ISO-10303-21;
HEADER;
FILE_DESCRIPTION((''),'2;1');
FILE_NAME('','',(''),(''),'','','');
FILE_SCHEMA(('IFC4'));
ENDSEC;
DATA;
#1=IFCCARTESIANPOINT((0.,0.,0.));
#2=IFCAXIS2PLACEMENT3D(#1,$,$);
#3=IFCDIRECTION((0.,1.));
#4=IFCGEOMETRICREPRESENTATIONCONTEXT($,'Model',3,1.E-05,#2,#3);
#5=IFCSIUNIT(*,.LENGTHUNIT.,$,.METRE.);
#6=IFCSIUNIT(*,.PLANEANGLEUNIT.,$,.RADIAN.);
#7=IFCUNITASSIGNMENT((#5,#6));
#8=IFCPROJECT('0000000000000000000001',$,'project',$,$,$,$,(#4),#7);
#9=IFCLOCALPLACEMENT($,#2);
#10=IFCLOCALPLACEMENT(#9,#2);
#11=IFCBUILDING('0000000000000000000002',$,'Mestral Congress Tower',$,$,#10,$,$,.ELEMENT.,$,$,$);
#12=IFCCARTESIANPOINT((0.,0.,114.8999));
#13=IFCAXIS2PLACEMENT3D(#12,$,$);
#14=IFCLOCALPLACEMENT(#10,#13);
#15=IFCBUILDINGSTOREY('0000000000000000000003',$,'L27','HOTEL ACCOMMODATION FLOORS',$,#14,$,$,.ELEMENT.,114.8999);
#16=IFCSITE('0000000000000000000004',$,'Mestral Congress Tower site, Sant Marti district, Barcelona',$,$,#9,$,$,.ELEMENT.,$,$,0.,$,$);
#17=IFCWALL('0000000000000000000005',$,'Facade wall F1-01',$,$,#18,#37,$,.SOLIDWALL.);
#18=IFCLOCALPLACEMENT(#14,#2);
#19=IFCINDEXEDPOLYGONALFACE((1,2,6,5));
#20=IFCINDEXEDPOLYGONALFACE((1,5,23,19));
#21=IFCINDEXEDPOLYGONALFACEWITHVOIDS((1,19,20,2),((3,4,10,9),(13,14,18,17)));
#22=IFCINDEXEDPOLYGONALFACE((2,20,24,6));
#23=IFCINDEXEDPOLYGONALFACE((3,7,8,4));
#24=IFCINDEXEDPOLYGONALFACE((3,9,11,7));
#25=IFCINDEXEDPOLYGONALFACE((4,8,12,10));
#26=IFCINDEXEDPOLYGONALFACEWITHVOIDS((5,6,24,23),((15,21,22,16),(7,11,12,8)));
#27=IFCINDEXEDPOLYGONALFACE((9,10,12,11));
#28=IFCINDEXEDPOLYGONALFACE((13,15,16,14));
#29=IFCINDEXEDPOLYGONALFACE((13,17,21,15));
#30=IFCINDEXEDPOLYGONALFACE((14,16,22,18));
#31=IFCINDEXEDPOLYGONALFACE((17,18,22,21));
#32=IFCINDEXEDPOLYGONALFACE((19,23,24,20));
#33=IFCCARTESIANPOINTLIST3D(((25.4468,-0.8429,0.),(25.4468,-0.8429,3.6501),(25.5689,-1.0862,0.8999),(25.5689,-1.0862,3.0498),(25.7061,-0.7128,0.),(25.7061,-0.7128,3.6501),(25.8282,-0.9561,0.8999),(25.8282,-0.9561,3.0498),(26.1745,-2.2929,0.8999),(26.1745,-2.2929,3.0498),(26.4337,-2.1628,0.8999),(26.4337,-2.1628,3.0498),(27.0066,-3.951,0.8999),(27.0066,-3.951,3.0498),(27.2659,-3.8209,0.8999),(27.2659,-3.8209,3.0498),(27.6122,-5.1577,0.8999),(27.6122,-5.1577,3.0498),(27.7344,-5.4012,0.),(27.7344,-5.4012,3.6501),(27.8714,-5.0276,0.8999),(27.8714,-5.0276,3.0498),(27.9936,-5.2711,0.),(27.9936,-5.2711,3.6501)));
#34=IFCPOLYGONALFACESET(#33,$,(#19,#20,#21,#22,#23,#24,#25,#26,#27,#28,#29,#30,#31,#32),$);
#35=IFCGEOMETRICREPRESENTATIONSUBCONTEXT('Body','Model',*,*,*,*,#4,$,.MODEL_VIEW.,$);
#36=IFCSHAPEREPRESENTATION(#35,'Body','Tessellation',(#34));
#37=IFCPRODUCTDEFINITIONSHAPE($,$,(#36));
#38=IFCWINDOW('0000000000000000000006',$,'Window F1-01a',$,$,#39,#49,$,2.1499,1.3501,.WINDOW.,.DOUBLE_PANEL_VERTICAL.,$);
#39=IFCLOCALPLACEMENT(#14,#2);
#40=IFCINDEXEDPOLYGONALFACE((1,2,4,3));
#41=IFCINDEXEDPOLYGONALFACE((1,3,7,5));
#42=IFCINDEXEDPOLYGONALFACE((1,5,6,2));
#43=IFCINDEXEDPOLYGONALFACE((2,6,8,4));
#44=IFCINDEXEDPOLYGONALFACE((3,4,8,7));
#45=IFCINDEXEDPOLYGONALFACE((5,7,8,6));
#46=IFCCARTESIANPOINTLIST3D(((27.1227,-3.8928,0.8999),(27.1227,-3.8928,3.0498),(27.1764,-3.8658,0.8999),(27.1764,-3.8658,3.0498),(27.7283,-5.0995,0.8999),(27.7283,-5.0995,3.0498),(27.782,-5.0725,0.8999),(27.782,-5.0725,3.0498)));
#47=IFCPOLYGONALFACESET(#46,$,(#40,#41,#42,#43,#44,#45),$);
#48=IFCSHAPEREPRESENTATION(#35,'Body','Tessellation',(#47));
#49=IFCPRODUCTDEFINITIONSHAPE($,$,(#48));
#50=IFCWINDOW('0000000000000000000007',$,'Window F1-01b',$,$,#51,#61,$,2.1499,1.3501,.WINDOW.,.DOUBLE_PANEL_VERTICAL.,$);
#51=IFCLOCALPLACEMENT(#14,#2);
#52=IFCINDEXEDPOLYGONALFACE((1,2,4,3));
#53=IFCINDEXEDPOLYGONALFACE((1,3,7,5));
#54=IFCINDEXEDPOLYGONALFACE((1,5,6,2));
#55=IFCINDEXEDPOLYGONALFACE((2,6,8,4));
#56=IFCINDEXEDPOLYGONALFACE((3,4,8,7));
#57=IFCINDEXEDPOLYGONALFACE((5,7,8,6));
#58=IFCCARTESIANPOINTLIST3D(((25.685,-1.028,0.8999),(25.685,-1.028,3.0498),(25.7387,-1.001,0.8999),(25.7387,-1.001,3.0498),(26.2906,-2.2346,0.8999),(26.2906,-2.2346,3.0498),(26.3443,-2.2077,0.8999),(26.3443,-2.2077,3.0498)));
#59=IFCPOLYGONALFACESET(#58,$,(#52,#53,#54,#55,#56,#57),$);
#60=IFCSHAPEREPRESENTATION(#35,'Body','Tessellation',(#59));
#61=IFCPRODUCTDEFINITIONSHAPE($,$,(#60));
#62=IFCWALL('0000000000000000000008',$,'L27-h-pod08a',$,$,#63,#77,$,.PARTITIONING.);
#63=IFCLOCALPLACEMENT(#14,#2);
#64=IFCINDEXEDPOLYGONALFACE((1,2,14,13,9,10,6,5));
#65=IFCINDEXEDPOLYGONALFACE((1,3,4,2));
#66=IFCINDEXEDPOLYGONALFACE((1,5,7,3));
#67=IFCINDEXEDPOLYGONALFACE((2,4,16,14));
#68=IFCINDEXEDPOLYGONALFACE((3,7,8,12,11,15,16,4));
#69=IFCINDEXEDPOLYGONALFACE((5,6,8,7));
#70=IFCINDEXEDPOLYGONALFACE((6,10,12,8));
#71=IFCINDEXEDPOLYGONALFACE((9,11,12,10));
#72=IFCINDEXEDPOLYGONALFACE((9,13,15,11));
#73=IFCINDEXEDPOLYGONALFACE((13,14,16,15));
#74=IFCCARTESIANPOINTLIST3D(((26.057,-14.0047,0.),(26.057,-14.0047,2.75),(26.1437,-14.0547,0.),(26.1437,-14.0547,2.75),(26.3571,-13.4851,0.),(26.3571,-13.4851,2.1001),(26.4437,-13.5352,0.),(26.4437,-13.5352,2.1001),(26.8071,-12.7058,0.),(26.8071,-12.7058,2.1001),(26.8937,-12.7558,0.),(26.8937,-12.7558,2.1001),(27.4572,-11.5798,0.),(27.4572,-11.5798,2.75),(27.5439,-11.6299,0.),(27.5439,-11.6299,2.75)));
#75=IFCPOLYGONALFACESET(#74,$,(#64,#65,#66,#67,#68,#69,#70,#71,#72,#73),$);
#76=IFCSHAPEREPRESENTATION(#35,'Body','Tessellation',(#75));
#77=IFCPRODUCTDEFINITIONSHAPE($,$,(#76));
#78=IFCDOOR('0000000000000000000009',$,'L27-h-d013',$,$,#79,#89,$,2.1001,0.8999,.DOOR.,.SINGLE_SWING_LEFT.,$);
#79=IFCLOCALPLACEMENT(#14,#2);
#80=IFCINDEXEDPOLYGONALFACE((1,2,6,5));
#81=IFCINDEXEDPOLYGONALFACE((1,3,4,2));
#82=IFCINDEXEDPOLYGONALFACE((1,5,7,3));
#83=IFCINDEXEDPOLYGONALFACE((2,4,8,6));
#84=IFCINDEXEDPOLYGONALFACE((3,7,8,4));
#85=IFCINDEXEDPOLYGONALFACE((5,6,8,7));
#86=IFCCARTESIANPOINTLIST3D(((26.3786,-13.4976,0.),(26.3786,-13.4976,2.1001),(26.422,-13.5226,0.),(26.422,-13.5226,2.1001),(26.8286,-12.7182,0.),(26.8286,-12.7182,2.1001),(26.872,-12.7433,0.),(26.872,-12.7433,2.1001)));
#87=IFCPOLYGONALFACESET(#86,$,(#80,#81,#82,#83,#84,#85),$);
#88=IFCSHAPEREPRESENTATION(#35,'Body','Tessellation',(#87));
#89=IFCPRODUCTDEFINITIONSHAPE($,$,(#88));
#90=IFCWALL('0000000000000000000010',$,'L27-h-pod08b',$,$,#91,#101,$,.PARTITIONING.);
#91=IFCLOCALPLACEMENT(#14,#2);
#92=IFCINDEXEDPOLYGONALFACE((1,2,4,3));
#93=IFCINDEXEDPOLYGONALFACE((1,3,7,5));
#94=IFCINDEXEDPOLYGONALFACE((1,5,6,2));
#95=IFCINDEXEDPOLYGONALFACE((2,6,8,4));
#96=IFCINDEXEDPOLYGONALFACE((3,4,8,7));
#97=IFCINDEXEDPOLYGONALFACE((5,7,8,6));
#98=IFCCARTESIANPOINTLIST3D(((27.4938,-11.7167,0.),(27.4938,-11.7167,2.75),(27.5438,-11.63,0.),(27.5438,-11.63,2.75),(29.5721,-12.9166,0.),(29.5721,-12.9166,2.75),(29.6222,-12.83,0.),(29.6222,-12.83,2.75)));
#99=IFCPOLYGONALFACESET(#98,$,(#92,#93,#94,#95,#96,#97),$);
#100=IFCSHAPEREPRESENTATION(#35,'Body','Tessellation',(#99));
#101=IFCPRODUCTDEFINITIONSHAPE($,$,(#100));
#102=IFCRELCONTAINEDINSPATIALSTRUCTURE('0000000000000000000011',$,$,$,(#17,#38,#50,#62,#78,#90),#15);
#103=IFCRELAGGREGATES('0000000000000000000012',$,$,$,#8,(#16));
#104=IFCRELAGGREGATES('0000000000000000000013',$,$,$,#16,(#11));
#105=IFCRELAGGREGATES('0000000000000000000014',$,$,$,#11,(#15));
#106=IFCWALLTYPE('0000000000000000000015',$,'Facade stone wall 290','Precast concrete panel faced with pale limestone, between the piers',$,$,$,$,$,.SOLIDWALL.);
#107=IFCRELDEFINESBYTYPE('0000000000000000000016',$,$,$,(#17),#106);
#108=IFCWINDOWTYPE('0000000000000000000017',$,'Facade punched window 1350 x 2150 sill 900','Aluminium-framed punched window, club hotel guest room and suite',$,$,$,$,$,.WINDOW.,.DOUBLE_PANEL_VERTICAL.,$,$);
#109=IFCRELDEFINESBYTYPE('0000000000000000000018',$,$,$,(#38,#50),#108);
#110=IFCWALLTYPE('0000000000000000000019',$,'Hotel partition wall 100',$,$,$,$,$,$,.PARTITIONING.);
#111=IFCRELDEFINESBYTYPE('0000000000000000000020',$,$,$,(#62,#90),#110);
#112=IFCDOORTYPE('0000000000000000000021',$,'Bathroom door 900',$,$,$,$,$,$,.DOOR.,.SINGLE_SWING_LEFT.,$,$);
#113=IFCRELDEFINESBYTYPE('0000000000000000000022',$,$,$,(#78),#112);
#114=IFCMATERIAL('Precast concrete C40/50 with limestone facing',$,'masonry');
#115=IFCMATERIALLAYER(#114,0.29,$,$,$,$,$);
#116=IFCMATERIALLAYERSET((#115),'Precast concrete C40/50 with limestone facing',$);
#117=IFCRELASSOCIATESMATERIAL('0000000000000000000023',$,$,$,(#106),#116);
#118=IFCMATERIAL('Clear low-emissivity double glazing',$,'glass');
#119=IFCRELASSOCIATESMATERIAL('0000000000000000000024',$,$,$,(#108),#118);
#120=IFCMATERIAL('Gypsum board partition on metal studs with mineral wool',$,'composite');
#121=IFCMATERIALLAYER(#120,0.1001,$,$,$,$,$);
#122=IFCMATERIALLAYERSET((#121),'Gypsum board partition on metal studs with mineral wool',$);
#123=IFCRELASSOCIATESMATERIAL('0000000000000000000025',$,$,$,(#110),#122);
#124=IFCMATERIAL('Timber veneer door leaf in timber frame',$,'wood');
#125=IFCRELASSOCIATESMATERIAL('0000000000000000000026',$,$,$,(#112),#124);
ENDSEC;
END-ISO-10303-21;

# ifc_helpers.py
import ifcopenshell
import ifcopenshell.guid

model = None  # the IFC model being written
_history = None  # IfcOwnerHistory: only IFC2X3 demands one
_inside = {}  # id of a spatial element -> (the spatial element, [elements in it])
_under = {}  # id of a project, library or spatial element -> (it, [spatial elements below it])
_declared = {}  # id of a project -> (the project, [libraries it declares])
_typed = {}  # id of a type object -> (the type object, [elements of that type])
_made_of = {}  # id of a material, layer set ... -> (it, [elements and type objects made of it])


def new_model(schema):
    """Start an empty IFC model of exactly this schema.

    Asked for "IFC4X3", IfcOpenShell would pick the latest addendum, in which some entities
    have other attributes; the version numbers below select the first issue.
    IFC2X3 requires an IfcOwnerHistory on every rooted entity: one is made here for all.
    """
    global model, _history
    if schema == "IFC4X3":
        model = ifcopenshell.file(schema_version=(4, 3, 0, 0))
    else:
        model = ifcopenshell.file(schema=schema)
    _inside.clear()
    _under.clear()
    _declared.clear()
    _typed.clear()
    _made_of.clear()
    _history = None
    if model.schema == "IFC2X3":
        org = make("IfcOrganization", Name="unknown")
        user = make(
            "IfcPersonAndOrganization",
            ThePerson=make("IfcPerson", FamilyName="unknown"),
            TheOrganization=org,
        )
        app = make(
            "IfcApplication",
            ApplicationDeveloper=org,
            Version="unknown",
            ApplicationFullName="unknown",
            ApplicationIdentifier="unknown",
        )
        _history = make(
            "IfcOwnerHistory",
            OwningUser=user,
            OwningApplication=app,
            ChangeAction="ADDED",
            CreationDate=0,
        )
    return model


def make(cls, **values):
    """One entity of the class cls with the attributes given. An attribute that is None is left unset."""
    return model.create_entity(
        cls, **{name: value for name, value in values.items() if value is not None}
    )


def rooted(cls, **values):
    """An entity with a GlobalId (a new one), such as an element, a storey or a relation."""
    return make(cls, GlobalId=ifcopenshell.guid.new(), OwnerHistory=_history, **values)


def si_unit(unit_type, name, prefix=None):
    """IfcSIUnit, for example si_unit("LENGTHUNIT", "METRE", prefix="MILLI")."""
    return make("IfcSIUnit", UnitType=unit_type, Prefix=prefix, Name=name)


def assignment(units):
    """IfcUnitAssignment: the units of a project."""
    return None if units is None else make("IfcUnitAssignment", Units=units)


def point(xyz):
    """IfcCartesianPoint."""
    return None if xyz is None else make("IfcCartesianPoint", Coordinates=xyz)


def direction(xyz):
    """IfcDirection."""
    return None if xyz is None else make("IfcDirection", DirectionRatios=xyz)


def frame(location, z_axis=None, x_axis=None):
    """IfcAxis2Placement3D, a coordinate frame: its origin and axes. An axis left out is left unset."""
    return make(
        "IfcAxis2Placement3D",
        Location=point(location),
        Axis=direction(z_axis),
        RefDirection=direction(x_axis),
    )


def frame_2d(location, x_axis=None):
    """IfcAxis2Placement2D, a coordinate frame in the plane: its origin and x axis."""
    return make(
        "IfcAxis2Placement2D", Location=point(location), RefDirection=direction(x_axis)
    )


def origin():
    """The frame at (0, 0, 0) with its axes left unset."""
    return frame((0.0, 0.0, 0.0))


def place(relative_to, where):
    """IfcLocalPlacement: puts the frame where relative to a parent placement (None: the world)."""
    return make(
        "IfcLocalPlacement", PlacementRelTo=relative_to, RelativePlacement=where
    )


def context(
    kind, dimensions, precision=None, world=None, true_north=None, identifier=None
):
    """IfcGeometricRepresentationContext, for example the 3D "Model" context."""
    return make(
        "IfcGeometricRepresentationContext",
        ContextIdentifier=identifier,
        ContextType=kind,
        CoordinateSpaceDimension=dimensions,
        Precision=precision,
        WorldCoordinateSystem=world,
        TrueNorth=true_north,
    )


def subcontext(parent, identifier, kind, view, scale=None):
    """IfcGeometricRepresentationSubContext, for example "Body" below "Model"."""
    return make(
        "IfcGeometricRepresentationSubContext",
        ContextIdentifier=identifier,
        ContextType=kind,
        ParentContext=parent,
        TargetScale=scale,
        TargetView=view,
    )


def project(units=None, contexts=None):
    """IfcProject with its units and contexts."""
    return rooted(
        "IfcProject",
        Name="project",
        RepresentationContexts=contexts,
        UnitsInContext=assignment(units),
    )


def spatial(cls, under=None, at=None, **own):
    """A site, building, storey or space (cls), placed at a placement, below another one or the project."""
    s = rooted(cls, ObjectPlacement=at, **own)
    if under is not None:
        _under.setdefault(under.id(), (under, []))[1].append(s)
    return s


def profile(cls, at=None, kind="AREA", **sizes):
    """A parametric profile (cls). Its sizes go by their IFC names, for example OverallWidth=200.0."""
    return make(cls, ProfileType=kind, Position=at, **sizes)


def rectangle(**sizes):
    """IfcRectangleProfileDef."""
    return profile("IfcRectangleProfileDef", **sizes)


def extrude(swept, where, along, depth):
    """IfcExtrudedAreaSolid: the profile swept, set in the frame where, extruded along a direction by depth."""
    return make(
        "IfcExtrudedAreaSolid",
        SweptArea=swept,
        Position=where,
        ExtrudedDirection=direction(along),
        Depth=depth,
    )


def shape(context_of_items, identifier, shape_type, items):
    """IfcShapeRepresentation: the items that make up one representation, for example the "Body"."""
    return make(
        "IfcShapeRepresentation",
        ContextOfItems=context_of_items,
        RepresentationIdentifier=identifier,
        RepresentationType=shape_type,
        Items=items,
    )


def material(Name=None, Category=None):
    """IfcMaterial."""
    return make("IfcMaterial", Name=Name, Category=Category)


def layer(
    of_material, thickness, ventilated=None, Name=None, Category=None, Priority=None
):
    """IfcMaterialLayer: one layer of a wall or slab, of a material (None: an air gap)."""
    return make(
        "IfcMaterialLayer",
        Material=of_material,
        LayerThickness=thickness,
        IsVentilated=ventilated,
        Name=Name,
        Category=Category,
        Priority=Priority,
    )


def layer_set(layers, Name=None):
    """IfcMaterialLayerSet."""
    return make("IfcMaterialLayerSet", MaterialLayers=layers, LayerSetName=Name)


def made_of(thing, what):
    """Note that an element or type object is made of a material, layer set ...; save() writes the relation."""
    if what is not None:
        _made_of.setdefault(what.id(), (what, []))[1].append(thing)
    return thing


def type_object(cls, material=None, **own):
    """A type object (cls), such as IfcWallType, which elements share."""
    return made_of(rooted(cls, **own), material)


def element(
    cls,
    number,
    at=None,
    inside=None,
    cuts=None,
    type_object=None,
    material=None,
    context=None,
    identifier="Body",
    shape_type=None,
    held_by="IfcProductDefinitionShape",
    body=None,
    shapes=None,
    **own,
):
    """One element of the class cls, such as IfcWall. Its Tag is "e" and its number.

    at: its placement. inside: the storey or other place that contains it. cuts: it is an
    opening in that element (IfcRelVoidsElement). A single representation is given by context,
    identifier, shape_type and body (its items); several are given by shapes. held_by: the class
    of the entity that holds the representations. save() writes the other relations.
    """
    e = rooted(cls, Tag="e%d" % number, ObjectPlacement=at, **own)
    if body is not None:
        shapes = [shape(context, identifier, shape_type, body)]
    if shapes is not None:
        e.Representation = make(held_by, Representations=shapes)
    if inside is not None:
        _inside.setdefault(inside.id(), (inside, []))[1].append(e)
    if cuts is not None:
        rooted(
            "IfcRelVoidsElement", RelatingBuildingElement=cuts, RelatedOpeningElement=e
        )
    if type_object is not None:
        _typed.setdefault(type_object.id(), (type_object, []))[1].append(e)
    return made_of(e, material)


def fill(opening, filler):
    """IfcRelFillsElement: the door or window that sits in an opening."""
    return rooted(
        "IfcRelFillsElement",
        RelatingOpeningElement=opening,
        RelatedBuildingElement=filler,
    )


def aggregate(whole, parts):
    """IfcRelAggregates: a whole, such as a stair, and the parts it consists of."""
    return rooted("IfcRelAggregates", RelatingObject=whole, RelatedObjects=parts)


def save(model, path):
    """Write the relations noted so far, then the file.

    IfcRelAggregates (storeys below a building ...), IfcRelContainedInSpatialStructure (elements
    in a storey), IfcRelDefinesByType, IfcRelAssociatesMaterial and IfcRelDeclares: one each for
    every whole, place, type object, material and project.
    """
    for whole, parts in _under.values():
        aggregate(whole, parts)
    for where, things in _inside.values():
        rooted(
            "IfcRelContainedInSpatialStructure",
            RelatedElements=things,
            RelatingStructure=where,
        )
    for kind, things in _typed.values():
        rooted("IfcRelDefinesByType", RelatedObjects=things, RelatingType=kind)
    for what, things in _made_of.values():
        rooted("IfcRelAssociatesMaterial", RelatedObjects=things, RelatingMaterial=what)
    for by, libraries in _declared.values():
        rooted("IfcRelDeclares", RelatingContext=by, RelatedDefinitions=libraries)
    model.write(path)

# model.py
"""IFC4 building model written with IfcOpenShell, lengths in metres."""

from ifc_helpers import new_model, si_unit, direction, frame, frame_2d, origin, place, context, subcontext, project, spatial, rectangle, extrude, material, layer, layer_set, type_object, element, fill, save


model = new_model("IFC4")

# Units and contexts
model_context = context("Model", 3, precision=1e-05, world=origin(), true_north=direction((0.0, 1.0)))
body_context = subcontext(model_context, "Body", "Model", "MODEL_VIEW")
ifc_project = project(units=[si_unit("LENGTHUNIT", "METRE"), si_unit("PLANEANGLEUNIT", "RADIAN")], contexts=[model_context])

# Site, building, storey
site_placement = place(None, origin())
site = spatial("IfcSite", under=ifc_project, at=site_placement, Name="Mestral Congress Tower site, Sant Marti district, Barcelona", CompositionType="ELEMENT", RefElevation=0.0)
building_placement = place(site_placement, origin())
building = spatial("IfcBuilding", under=site, at=building_placement, Name="Mestral Congress Tower", CompositionType="ELEMENT")
storey_placement = place(building_placement, frame((0.0, 0.0, 114.8999)))
storey = spatial("IfcBuildingStorey", under=building, at=storey_placement, Name="L27", Description="HOTEL ACCOMMODATION FLOORS", CompositionType="ELEMENT", Elevation=114.8999)

# Shared definitions
ifc_material_1 = material(Name="Precast concrete C40/50 with limestone facing", Category="masonry")
ifc_layer_1 = layer(ifc_material_1, 0.29)
ifc_layer_set_1 = layer_set([ifc_layer_1], Name="Precast concrete C40/50 with limestone facing")
wall_type_1 = type_object("IfcWallType", Name="Facade stone wall 290", Description="Precast concrete panel faced with pale limestone, between the piers", PredefinedType="SOLIDWALL", material=ifc_layer_set_1)
ifc_material_2 = material(Name="Clear low-emissivity double glazing", Category="glass")

# Wall, openings, windows
window_type_1 = type_object("IfcWindowType", Name="Facade punched window 1350 x 2150 sill 900", Description="Aluminium-framed punched window, club hotel guest room and suite", PartitioningType="DOUBLE_PANEL_VERTICAL", PredefinedType="WINDOW", material=ifc_material_2)
wall_1_placement = place(storey_placement, frame((27.864, -5.3362, 0.0), z_axis=(0.0, 0.0, 1.0), x_axis=(-0.448534, 0.893766, 0.0)))
wall_1 = element("IfcWall", 1, at=wall_1_placement, inside=storey, type_object=wall_type_1, Name="Facade wall F1-01", PredefinedType="SOLIDWALL", context=body_context, shape_type="SweptSolid", body=[
    extrude(rectangle(XDim=5.1001, YDim=0.29, at=frame_2d((2.55, 0.0))), origin(), (0.0, 0.0, 1.0), 3.6501),
])
opening_1_placement = place(wall_1_placement, frame((0.2725, 0.0, 0.8999)))
opening_1 = element("IfcOpeningElement", 2, at=opening_1_placement, cuts=wall_1, PredefinedType="OPENING", context=body_context, shape_type="SweptSolid", body=[
    extrude(rectangle(XDim=1.3501, YDim=2.1499, at=frame_2d((0.675, 1.075))), frame((0.0, 0.155, 0.0), z_axis=(0.0, -1.0, 0.0), x_axis=(1.0, 0.0, 0.0)), (0.0, 0.0, 1.0), 0.3101),
])
opening_2_placement = place(wall_1_placement, frame((3.4778, 0.0, 0.8999)))
opening_2 = element("IfcOpeningElement", 3, at=opening_2_placement, cuts=wall_1, PredefinedType="OPENING", context=body_context, shape_type="SweptSolid", body=[
    extrude(rectangle(XDim=1.3501, YDim=2.1499, at=frame_2d((0.675, 1.075))), frame((0.0, 0.155, 0.0), z_axis=(0.0, -1.0, 0.0), x_axis=(1.0, 0.0, 0.0)), (0.0, 0.0, 1.0), 0.3101),
])
window_1_placement = place(opening_1_placement, origin())
window_1 = element("IfcWindow", 4, at=window_1_placement, inside=storey, type_object=window_type_1, Name="Window F1-01a", OverallHeight=2.1499, OverallWidth=1.3501, PartitioningType="DOUBLE_PANEL_VERTICAL", PredefinedType="WINDOW", context=body_context, shape_type="SweptSolid", body=[
    extrude(rectangle(XDim=1.3501, YDim=2.1499, at=frame_2d((0.675, 1.075))), frame((0.0, 0.0151, 0.0), z_axis=(0.0, -1.0, 0.0), x_axis=(1.0, 0.0, 0.0)), (0.0, 0.0, 1.0), 0.0601),
])
fill(opening_1, window_1)
window_2_placement = place(opening_2_placement, origin())
window_2 = element("IfcWindow", 5, at=window_2_placement, inside=storey, type_object=window_type_1, Name="Window F1-01b", OverallHeight=2.1499, OverallWidth=1.3501, PartitioningType="DOUBLE_PANEL_VERTICAL", PredefinedType="WINDOW", context=body_context, shape_type="SweptSolid", body=[
    extrude(rectangle(XDim=1.3501, YDim=2.1499, at=frame_2d((0.675, 1.075))), frame((0.0, 0.0151, 0.0), z_axis=(0.0, -1.0, 0.0), x_axis=(1.0, 0.0, 0.0)), (0.0, 0.0, 1.0), 0.0601),
])
fill(opening_2, window_2)

# Wall, opening, door
ifc_material_3 = material(Name="Gypsum board partition on metal studs with mineral wool", Category="composite")
ifc_layer_2 = layer(ifc_material_3, 0.1001)
ifc_layer_set_2 = layer_set([ifc_layer_2], Name="Gypsum board partition on metal studs with mineral wool")
wall_type_2 = type_object("IfcWallType", Name="Hotel partition wall 100", PredefinedType="PARTITIONING", material=ifc_layer_set_2)
wall_2_placement = place(storey_placement, frame((27.5005, -11.605, 0.0), z_axis=(0.0, 0.0, 1.0), x_axis=(-0.50005, -0.865997, 0.0)))
wall_2 = element("IfcWall", 6, at=wall_2_placement, inside=storey, type_object=wall_type_2, Name="L27-h-pod08a", PredefinedType="PARTITIONING", context=body_context, shape_type="SweptSolid", body=[
    extrude(rectangle(XDim=2.8, YDim=0.1001, at=frame_2d((1.3999, 0.0))), origin(), (0.0, 0.0, 1.0), 2.75),
])
opening_3_placement = place(wall_2_placement, frame((1.3, 0.0, 0.0)))
opening_3 = element("IfcOpeningElement", 7, at=opening_3_placement, cuts=wall_2, PredefinedType="OPENING", context=body_context, shape_type="SweptSolid", body=[
    extrude(rectangle(XDim=0.8999, YDim=2.1001, at=frame_2d((0.45, 1.05))), frame((0.0, 0.0601, 0.0), z_axis=(0.0, -1.0, 0.0), x_axis=(1.0, 0.0, 0.0)), (0.0, 0.0, 1.0), 0.1201),
])
ifc_material_4 = material(Name="Timber veneer door leaf in timber frame", Category="wood")
door_type = type_object("IfcDoorType", Name="Bathroom door 900", OperationType="SINGLE_SWING_LEFT", PredefinedType="DOOR", material=ifc_material_4)
door_placement = place(opening_3_placement, origin())
door = element("IfcDoor", 8, at=door_placement, inside=storey, type_object=door_type, Name="L27-h-d013", OperationType="SINGLE_SWING_LEFT", OverallHeight=2.1001, OverallWidth=0.8999, PredefinedType="DOOR", context=body_context, shape_type="SweptSolid", body=[
    extrude(rectangle(XDim=0.8999, YDim=2.1001, at=frame_2d((0.45, 1.05))), frame((0.0, 0.0249, 0.0), z_axis=(0.0, -1.0, 0.0), x_axis=(1.0, 0.0, 0.0)), (0.0, 0.0, 1.0), 0.05),
])
fill(opening_3, door)

# Wall
wall_3_placement = place(storey_placement, frame((27.5188, -11.6733, 0.0), z_axis=(0.0, 0.0, 1.0), x_axis=(0.866025, -0.500001, 0.0)))
element("IfcWall", 9, at=wall_3_placement, inside=storey, type_object=wall_type_2, Name="L27-h-pod08b", PredefinedType="PARTITIONING", context=body_context, shape_type="SweptSolid", body=[
    extrude(rectangle(XDim=2.3999, YDim=0.1001, at=frame_2d((1.2, 0.0))), origin(), (0.0, 0.0, 1.0), 2.75),
])

save(model, "model.ifc")
